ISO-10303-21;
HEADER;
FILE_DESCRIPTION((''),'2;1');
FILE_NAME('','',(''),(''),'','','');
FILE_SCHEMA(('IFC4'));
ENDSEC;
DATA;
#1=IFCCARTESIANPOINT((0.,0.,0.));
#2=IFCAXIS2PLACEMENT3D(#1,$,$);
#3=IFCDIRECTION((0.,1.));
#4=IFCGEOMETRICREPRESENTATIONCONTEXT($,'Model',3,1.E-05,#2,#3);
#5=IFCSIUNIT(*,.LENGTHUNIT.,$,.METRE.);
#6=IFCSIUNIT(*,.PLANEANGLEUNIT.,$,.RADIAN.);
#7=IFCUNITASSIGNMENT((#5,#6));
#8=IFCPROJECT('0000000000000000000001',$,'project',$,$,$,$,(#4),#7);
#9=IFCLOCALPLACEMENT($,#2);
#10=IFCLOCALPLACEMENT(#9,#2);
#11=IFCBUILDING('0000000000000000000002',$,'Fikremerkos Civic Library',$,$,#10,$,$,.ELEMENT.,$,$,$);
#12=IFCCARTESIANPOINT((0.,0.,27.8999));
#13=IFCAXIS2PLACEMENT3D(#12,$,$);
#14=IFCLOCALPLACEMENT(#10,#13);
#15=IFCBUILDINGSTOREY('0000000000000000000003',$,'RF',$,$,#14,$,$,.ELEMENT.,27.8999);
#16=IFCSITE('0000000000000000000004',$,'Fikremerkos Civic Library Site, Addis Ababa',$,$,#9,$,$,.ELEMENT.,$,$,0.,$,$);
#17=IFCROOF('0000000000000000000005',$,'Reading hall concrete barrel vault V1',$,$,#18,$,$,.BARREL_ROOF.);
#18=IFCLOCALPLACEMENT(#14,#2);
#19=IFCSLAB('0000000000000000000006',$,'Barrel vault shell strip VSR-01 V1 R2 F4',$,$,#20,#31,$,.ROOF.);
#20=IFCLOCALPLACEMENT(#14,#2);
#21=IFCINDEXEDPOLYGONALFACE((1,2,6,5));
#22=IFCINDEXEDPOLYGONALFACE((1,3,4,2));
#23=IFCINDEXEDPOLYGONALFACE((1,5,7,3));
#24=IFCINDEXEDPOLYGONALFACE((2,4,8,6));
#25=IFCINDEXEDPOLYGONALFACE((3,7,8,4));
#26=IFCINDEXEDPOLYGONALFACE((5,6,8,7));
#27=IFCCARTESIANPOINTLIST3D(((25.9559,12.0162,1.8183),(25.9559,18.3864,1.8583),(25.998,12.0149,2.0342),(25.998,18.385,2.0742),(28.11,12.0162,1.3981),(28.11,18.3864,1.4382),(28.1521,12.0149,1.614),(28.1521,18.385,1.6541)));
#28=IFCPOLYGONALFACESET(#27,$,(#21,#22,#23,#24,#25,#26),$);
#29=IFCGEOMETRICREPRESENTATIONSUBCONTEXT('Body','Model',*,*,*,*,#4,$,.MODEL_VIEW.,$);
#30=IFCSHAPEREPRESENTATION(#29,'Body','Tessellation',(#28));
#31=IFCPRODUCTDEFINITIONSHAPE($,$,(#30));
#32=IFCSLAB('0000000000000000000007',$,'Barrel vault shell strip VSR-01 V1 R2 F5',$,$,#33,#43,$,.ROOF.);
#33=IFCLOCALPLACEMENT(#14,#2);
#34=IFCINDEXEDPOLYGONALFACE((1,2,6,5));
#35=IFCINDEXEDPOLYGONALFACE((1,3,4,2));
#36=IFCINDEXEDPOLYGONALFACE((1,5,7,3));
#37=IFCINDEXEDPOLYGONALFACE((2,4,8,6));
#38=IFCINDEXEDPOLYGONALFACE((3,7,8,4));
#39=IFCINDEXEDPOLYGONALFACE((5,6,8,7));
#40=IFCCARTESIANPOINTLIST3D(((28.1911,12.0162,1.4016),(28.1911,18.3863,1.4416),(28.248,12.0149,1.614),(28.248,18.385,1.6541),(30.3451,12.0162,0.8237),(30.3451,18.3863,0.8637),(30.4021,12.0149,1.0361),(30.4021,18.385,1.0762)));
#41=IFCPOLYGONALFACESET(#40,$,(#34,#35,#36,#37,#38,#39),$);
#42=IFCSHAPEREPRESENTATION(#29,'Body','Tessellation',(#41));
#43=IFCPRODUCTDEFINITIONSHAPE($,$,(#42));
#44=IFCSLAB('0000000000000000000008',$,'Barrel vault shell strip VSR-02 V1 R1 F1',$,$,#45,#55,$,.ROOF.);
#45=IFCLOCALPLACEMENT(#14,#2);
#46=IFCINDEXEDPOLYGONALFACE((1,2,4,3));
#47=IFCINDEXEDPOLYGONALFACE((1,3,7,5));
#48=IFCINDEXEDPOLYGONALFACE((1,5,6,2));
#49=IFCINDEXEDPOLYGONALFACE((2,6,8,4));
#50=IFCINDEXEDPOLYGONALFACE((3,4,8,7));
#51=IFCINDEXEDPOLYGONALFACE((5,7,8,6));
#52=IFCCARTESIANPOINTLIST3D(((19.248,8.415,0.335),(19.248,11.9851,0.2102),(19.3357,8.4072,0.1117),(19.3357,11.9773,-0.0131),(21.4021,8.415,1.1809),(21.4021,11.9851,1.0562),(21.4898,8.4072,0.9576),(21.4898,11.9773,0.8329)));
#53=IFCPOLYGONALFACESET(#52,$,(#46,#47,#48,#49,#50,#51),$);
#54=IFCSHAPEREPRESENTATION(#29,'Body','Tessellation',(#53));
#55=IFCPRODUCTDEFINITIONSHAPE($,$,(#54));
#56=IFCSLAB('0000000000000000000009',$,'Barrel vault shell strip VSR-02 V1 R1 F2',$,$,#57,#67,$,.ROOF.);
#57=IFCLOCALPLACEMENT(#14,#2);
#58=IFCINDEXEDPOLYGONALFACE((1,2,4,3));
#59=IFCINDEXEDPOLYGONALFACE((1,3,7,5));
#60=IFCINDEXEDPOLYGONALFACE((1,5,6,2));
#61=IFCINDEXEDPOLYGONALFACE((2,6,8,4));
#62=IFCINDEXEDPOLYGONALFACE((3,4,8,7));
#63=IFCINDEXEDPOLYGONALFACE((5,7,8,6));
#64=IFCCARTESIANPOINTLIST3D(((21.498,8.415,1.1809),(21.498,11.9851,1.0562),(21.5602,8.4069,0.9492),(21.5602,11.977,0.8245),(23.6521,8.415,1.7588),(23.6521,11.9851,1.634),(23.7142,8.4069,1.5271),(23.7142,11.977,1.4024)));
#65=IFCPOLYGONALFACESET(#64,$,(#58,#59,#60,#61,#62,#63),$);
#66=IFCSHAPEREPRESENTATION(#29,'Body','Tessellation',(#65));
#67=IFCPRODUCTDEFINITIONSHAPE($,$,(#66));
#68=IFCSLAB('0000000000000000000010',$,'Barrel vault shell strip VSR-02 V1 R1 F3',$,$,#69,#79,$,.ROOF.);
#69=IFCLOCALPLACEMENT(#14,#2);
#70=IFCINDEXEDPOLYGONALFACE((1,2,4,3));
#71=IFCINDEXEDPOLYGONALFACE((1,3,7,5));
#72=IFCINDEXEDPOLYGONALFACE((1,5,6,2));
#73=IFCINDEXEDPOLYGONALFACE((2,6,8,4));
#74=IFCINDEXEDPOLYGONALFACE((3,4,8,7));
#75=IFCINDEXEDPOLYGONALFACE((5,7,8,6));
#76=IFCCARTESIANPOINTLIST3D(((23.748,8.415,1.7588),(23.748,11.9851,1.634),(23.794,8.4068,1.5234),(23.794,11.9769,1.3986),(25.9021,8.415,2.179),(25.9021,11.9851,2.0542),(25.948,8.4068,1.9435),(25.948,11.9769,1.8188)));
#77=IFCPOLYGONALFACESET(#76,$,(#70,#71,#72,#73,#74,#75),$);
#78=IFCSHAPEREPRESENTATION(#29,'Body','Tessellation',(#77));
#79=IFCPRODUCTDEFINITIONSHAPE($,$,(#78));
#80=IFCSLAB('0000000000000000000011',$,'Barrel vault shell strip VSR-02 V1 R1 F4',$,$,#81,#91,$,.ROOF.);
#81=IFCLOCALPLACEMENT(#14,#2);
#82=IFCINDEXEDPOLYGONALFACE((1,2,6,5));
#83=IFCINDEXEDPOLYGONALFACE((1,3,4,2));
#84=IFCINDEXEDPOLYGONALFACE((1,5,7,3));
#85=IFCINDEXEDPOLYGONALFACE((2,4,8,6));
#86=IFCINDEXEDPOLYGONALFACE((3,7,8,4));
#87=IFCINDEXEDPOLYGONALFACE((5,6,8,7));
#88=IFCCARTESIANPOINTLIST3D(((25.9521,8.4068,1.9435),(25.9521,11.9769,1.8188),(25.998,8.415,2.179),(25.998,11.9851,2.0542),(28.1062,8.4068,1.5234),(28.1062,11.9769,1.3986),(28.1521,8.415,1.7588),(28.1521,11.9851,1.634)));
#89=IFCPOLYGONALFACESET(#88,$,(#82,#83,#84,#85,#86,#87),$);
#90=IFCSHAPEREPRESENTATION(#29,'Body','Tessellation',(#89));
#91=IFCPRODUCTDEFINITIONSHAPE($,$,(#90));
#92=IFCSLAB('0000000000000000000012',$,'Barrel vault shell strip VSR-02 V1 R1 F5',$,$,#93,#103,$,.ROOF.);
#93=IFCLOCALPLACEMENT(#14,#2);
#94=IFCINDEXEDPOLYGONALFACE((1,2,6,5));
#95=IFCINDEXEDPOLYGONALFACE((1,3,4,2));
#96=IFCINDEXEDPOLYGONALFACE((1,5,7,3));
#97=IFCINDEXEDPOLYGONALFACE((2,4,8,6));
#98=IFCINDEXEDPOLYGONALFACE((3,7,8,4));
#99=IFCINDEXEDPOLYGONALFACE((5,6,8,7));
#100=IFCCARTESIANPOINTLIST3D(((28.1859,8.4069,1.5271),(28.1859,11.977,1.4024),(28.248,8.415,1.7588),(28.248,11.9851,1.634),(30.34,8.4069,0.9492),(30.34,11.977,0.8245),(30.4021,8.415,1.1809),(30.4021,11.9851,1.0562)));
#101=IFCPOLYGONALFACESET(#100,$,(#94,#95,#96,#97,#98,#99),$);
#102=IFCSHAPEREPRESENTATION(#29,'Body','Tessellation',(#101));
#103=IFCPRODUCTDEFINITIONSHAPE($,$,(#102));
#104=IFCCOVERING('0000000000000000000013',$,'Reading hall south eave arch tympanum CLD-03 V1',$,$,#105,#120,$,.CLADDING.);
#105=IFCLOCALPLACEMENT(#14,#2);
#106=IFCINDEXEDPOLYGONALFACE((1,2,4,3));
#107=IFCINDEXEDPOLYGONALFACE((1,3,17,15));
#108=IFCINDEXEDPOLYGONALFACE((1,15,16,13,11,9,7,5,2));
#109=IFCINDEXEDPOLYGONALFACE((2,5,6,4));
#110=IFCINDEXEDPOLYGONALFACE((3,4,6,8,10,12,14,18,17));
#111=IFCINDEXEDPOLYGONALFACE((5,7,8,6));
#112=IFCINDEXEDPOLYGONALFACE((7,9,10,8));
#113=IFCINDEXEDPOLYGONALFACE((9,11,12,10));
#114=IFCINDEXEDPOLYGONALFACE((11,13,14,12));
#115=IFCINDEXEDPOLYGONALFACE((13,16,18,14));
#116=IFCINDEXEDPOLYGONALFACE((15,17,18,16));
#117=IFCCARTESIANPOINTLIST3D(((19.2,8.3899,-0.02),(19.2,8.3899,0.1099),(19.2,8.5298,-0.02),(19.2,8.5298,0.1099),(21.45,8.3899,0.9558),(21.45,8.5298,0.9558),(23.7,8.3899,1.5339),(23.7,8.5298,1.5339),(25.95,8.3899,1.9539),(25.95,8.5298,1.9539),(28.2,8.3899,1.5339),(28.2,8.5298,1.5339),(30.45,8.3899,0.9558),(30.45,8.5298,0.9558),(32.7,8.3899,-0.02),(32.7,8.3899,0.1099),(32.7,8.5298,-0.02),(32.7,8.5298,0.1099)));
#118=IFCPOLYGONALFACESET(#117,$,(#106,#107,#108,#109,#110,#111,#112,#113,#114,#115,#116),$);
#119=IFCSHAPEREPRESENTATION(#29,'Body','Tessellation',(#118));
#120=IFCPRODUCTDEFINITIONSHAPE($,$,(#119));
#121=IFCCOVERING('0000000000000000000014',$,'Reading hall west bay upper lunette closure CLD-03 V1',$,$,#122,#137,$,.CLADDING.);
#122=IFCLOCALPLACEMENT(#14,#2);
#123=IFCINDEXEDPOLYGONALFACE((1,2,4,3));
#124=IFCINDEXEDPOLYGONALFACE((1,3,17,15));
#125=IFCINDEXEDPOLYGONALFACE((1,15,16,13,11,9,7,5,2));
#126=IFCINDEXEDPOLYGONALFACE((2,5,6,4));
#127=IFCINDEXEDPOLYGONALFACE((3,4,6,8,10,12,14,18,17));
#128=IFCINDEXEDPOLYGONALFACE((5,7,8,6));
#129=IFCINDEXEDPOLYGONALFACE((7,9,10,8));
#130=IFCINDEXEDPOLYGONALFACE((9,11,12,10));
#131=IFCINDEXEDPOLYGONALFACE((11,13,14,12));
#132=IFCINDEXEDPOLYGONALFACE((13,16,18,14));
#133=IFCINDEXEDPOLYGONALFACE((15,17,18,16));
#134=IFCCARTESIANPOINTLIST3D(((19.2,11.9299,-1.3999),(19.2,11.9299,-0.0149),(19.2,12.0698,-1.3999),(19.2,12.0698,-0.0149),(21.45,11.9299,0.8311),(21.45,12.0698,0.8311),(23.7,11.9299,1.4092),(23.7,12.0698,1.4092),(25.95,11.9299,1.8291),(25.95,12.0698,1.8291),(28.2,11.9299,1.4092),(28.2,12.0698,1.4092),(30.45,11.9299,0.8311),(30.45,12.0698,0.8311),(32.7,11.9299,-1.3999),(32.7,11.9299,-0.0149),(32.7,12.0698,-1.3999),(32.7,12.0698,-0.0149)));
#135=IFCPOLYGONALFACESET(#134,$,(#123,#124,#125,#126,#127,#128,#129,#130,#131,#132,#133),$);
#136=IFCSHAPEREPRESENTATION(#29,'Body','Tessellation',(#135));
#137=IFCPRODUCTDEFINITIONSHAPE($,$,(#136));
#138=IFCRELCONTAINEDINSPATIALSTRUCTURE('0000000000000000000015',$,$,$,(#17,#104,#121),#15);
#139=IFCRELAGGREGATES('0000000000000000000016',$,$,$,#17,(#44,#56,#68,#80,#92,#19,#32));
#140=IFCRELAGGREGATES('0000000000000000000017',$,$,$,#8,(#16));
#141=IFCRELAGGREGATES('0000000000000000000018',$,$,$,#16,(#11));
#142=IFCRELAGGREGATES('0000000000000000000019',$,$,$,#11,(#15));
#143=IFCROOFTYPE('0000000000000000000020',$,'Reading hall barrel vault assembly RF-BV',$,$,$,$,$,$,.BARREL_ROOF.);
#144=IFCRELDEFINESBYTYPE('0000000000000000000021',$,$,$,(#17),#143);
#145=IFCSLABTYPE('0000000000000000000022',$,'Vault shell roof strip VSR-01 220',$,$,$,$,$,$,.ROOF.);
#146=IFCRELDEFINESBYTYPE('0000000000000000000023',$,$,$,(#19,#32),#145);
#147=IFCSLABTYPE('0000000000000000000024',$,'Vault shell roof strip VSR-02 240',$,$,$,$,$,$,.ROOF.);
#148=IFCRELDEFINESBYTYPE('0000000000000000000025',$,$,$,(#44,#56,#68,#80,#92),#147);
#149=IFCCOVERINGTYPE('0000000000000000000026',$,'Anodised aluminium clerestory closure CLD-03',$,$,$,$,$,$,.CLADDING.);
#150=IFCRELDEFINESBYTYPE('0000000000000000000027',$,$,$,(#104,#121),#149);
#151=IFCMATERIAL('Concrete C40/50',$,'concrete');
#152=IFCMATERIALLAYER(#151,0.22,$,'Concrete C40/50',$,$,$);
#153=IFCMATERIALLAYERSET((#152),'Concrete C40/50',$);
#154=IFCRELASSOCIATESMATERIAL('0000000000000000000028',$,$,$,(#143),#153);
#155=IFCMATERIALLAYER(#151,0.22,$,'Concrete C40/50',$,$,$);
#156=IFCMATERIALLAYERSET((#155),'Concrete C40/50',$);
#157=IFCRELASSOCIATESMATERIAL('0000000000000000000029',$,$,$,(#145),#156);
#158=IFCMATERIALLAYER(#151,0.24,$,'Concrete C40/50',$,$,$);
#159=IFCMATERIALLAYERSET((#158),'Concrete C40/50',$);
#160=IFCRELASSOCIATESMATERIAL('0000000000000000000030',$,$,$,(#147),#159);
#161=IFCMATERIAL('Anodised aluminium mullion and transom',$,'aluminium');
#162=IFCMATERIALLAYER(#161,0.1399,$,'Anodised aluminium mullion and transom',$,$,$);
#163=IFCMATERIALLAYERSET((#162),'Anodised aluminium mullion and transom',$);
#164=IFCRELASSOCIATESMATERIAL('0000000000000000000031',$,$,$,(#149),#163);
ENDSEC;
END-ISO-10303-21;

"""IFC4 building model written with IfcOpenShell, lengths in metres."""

from ifc_helpers import new_model, si_unit, direction, frame, origin, place, context, subcontext, project, spatial, polyline, outline, extrude, material, layer, layer_set, type_object, element, aggregate, save


model = new_model("IFC4")

# Units and contexts
model_context = context("Model", 3, precision=1e-05, world=origin(), true_north=direction((0.0, 1.0)))
body_context = subcontext(model_context, "Body", "Model", "MODEL_VIEW")
ifc_project = project(units=[si_unit("LENGTHUNIT", "METRE"), si_unit("PLANEANGLEUNIT", "RADIAN")], contexts=[model_context])

# Site, building, storey
site_placement = place(None, origin())
site = spatial("IfcSite", under=ifc_project, at=site_placement, Name="Fikremerkos Civic Library Site, Addis Ababa", CompositionType="ELEMENT", RefElevation=0.0)
building_placement = place(site_placement, origin())
building = spatial("IfcBuilding", under=site, at=building_placement, Name="Fikremerkos Civic Library", CompositionType="ELEMENT")
storey_placement = place(building_placement, frame((0.0, 0.0, 27.8999)))
storey = spatial("IfcBuildingStorey", under=building, at=storey_placement, Name="RF", CompositionType="ELEMENT", Elevation=27.8999)

# Roof, slabs
ifc_material_1 = material(Name="Concrete C40/50", Category="concrete")
ifc_layer_1 = layer(ifc_material_1, 0.22, Name="Concrete C40/50")
ifc_layer_set_1 = layer_set([ifc_layer_1], Name="Concrete C40/50")
roof_type = type_object("IfcRoofType", Name="Reading hall barrel vault assembly RF-BV", PredefinedType="BARREL_ROOF", material=ifc_layer_set_1)
roof_placement = place(storey_placement, origin())
roof = element("IfcRoof", 1, at=roof_placement, inside=storey, type_object=roof_type, Name="Reading hall concrete barrel vault V1", PredefinedType="BARREL_ROOF")
ifc_layer_2 = layer(ifc_material_1, 0.22, Name="Concrete C40/50")
ifc_layer_set_2 = layer_set([ifc_layer_2], Name="Concrete C40/50")
slab_type_1 = type_object("IfcSlabType", Name="Vault shell roof strip VSR-01 220", PredefinedType="ROOF", material=ifc_layer_set_2)
slab_1_placement = place(storey_placement, frame((25.998, 12.0149, 2.0342), z_axis=(0.191447, -0.006169, 0.981484), x_axis=(0.981502, 0.0, -0.19145)))
slab_1 = element("IfcSlab", 2, at=slab_1_placement, type_object=slab_type_1, Name="Barrel vault shell strip VSR-01 V1 R2 F4", PredefinedType="ROOF", context=body_context, shape_type="SweptSolid", body=[
    extrude(outline(polyline([(0.0, 0.0), (2.1946, 0.0), (2.187, 6.3702), (-0.0077, 6.3702), (0.0, 0.0)])), origin(), (0.0, 0.0, -1.0), 0.22),
])
slab_2_placement = place(storey_placement, frame((28.248, 12.0149, 1.614), z_axis=(0.259109, -0.006071, 0.965829), x_axis=(0.965847, 0.0, -0.259114)))
slab_2 = element("IfcSlab", 3, at=slab_2_placement, type_object=slab_type_1, Name="Barrel vault shell strip VSR-01 V1 R2 F5", PredefinedType="ROOF", context=body_context, shape_type="SweptSolid", body=[
    extrude(outline(polyline([(0.0, 0.0), (2.2302, 0.0), (2.2198, 6.3702), (-0.0104, 6.3702), (0.0, 0.0)])), origin(), (0.0, 0.0, -1.0), 0.22),
])
ifc_layer_3 = layer(ifc_material_1, 0.24, Name="Concrete C40/50")
ifc_layer_set_3 = layer_set([ifc_layer_3], Name="Concrete C40/50")
slab_type_2 = type_object("IfcSlabType", Name="Vault shell roof strip VSR-02 240", PredefinedType="ROOF", material=ifc_layer_set_3)
slab_3_placement = place(storey_placement, frame((19.248, 8.415, 0.335), z_axis=(-0.365351, 0.032509, 0.930302), x_axis=(0.930794, 0.0, 0.365545)))
slab_3 = element("IfcSlab", 4, at=slab_3_placement, type_object=slab_type_2, Name="Barrel vault shell strip VSR-02 V1 R1 F1", PredefinedType="ROOF", context=body_context, shape_type="SweptSolid", body=[
    extrude(outline(polyline([(0.0, 0.0), (2.3142, 0.0), (2.2686, 3.572), (-0.0456, 3.572), (0.0, 0.0)])), origin(), (0.0, 0.0, -1.0), 0.24),
])
slab_4_placement = place(storey_placement, frame((21.498, 8.415, 1.1809), z_axis=(-0.258966, 0.033732, 0.965297), x_axis=(0.965847, 0.0, 0.259114)))
slab_4 = element("IfcSlab", 5, at=slab_4_placement, type_object=slab_type_2, Name="Barrel vault shell strip VSR-02 V1 R1 F2", PredefinedType="ROOF", context=body_context, shape_type="SweptSolid", body=[
    extrude(outline(polyline([(0.0, 0.0), (2.2302, 0.0), (2.1979, 3.5721), (-0.0323, 3.5721), (0.0, 0.0)])), origin(), (0.0, 0.0, -1.0), 0.24),
])
slab_5_placement = place(storey_placement, frame((23.748, 8.415, 1.7588), z_axis=(-0.191338, 0.034278, 0.980926), x_axis=(0.981502, 0.0, 0.19145)))
slab_5 = element("IfcSlab", 6, at=slab_5_placement, type_object=slab_type_2, Name="Barrel vault shell strip VSR-02 V1 R1 F3", PredefinedType="ROOF", context=body_context, shape_type="SweptSolid", body=[
    extrude(outline(polyline([(0.0, 0.0), (2.1946, 0.0), (2.1708, 3.5722), (-0.0239, 3.5722), (0.0, 0.0)])), origin(), (0.0, 0.0, -1.0), 0.24),
])
slab_6_placement = place(storey_placement, frame((25.998, 8.415, 2.179), z_axis=(0.191338, 0.034278, 0.980926), x_axis=(0.981502, 0.0, -0.19145)))
slab_6 = element("IfcSlab", 7, at=slab_6_placement, type_object=slab_type_2, Name="Barrel vault shell strip VSR-02 V1 R1 F4", PredefinedType="ROOF", context=body_context, shape_type="SweptSolid", body=[
    extrude(outline(polyline([(0.0, 0.0), (2.1946, 0.0), (2.2185, 3.5722), (0.0239, 3.5722), (0.0, 0.0)])), origin(), (0.0, 0.0, -1.0), 0.24),
])
slab_7_placement = place(storey_placement, frame((28.248, 8.415, 1.7588), z_axis=(0.258966, 0.033732, 0.965297), x_axis=(0.965847, 0.0, -0.259114)))
slab_7 = element("IfcSlab", 8, at=slab_7_placement, type_object=slab_type_2, Name="Barrel vault shell strip VSR-02 V1 R1 F5", PredefinedType="ROOF", context=body_context, shape_type="SweptSolid", body=[
    extrude(outline(polyline([(0.0, 0.0), (2.2302, 0.0), (2.2625, 3.5721), (0.0323, 3.5721), (0.0, 0.0)])), origin(), (0.0, 0.0, -1.0), 0.24),
])
aggregate(roof, [slab_3, slab_4, slab_5, slab_6, slab_7, slab_1, slab_2])

# Coverings
ifc_material_2 = material(Name="Anodised aluminium mullion and transom", Category="aluminium")
ifc_layer_4 = layer(ifc_material_2, 0.1399, Name="Anodised aluminium mullion and transom")
ifc_layer_set_4 = layer_set([ifc_layer_4], Name="Anodised aluminium mullion and transom")
covering_type = type_object("IfcCoveringType", Name="Anodised aluminium clerestory closure CLD-03", PredefinedType="CLADDING", material=ifc_layer_set_4)
covering_1_placement = place(storey_placement, frame((19.2, 8.46, -0.02), z_axis=(0.0, 0.0, 1.0), x_axis=(1.0, 0.0, 0.0)))
element("IfcCovering", 9, at=covering_1_placement, inside=storey, type_object=covering_type, Name="Reading hall south eave arch tympanum CLD-03 V1", PredefinedType="CLADDING", context=body_context, shape_type="SweptSolid", body=[
    extrude(outline(polyline([(0.0, 0.0), (13.5, 0.0), (13.5, 0.1299), (11.25, 0.9758), (9.0, 1.554), (6.75, 1.9739), (4.5, 1.554), (2.25, 0.9758), (0.0, 0.1299), (0.0, 0.0)])), frame((0.0, 0.0698, 0.0), z_axis=(0.0, -1.0, 0.0), x_axis=(1.0, 0.0, 0.0)), (0.0, 0.0, 1.0), 0.1399),
])
covering_2_placement = place(storey_placement, frame((19.2, 12.0, -1.3999), z_axis=(0.0, 0.0, 1.0), x_axis=(1.0, 0.0, 0.0)))
element("IfcCovering", 10, at=covering_2_placement, inside=storey, type_object=covering_type, Name="Reading hall west bay upper lunette closure CLD-03 V1", PredefinedType="CLADDING", context=body_context, shape_type="SweptSolid", body=[
    extrude(outline(polyline([(0.0, 0.0), (13.5, 0.0), (13.5, 1.385), (11.25, 2.231), (9.0, 2.8091), (6.75, 3.229), (4.5, 2.8091), (2.25, 2.231), (0.0, 1.385), (0.0, 0.0)])), frame((0.0, 0.0698, 0.0), z_axis=(0.0, -1.0, 0.0), x_axis=(1.0, 0.0, 0.0)), (0.0, 0.0, 1.0), 0.1399),
])

save(model, "model.ifc")
